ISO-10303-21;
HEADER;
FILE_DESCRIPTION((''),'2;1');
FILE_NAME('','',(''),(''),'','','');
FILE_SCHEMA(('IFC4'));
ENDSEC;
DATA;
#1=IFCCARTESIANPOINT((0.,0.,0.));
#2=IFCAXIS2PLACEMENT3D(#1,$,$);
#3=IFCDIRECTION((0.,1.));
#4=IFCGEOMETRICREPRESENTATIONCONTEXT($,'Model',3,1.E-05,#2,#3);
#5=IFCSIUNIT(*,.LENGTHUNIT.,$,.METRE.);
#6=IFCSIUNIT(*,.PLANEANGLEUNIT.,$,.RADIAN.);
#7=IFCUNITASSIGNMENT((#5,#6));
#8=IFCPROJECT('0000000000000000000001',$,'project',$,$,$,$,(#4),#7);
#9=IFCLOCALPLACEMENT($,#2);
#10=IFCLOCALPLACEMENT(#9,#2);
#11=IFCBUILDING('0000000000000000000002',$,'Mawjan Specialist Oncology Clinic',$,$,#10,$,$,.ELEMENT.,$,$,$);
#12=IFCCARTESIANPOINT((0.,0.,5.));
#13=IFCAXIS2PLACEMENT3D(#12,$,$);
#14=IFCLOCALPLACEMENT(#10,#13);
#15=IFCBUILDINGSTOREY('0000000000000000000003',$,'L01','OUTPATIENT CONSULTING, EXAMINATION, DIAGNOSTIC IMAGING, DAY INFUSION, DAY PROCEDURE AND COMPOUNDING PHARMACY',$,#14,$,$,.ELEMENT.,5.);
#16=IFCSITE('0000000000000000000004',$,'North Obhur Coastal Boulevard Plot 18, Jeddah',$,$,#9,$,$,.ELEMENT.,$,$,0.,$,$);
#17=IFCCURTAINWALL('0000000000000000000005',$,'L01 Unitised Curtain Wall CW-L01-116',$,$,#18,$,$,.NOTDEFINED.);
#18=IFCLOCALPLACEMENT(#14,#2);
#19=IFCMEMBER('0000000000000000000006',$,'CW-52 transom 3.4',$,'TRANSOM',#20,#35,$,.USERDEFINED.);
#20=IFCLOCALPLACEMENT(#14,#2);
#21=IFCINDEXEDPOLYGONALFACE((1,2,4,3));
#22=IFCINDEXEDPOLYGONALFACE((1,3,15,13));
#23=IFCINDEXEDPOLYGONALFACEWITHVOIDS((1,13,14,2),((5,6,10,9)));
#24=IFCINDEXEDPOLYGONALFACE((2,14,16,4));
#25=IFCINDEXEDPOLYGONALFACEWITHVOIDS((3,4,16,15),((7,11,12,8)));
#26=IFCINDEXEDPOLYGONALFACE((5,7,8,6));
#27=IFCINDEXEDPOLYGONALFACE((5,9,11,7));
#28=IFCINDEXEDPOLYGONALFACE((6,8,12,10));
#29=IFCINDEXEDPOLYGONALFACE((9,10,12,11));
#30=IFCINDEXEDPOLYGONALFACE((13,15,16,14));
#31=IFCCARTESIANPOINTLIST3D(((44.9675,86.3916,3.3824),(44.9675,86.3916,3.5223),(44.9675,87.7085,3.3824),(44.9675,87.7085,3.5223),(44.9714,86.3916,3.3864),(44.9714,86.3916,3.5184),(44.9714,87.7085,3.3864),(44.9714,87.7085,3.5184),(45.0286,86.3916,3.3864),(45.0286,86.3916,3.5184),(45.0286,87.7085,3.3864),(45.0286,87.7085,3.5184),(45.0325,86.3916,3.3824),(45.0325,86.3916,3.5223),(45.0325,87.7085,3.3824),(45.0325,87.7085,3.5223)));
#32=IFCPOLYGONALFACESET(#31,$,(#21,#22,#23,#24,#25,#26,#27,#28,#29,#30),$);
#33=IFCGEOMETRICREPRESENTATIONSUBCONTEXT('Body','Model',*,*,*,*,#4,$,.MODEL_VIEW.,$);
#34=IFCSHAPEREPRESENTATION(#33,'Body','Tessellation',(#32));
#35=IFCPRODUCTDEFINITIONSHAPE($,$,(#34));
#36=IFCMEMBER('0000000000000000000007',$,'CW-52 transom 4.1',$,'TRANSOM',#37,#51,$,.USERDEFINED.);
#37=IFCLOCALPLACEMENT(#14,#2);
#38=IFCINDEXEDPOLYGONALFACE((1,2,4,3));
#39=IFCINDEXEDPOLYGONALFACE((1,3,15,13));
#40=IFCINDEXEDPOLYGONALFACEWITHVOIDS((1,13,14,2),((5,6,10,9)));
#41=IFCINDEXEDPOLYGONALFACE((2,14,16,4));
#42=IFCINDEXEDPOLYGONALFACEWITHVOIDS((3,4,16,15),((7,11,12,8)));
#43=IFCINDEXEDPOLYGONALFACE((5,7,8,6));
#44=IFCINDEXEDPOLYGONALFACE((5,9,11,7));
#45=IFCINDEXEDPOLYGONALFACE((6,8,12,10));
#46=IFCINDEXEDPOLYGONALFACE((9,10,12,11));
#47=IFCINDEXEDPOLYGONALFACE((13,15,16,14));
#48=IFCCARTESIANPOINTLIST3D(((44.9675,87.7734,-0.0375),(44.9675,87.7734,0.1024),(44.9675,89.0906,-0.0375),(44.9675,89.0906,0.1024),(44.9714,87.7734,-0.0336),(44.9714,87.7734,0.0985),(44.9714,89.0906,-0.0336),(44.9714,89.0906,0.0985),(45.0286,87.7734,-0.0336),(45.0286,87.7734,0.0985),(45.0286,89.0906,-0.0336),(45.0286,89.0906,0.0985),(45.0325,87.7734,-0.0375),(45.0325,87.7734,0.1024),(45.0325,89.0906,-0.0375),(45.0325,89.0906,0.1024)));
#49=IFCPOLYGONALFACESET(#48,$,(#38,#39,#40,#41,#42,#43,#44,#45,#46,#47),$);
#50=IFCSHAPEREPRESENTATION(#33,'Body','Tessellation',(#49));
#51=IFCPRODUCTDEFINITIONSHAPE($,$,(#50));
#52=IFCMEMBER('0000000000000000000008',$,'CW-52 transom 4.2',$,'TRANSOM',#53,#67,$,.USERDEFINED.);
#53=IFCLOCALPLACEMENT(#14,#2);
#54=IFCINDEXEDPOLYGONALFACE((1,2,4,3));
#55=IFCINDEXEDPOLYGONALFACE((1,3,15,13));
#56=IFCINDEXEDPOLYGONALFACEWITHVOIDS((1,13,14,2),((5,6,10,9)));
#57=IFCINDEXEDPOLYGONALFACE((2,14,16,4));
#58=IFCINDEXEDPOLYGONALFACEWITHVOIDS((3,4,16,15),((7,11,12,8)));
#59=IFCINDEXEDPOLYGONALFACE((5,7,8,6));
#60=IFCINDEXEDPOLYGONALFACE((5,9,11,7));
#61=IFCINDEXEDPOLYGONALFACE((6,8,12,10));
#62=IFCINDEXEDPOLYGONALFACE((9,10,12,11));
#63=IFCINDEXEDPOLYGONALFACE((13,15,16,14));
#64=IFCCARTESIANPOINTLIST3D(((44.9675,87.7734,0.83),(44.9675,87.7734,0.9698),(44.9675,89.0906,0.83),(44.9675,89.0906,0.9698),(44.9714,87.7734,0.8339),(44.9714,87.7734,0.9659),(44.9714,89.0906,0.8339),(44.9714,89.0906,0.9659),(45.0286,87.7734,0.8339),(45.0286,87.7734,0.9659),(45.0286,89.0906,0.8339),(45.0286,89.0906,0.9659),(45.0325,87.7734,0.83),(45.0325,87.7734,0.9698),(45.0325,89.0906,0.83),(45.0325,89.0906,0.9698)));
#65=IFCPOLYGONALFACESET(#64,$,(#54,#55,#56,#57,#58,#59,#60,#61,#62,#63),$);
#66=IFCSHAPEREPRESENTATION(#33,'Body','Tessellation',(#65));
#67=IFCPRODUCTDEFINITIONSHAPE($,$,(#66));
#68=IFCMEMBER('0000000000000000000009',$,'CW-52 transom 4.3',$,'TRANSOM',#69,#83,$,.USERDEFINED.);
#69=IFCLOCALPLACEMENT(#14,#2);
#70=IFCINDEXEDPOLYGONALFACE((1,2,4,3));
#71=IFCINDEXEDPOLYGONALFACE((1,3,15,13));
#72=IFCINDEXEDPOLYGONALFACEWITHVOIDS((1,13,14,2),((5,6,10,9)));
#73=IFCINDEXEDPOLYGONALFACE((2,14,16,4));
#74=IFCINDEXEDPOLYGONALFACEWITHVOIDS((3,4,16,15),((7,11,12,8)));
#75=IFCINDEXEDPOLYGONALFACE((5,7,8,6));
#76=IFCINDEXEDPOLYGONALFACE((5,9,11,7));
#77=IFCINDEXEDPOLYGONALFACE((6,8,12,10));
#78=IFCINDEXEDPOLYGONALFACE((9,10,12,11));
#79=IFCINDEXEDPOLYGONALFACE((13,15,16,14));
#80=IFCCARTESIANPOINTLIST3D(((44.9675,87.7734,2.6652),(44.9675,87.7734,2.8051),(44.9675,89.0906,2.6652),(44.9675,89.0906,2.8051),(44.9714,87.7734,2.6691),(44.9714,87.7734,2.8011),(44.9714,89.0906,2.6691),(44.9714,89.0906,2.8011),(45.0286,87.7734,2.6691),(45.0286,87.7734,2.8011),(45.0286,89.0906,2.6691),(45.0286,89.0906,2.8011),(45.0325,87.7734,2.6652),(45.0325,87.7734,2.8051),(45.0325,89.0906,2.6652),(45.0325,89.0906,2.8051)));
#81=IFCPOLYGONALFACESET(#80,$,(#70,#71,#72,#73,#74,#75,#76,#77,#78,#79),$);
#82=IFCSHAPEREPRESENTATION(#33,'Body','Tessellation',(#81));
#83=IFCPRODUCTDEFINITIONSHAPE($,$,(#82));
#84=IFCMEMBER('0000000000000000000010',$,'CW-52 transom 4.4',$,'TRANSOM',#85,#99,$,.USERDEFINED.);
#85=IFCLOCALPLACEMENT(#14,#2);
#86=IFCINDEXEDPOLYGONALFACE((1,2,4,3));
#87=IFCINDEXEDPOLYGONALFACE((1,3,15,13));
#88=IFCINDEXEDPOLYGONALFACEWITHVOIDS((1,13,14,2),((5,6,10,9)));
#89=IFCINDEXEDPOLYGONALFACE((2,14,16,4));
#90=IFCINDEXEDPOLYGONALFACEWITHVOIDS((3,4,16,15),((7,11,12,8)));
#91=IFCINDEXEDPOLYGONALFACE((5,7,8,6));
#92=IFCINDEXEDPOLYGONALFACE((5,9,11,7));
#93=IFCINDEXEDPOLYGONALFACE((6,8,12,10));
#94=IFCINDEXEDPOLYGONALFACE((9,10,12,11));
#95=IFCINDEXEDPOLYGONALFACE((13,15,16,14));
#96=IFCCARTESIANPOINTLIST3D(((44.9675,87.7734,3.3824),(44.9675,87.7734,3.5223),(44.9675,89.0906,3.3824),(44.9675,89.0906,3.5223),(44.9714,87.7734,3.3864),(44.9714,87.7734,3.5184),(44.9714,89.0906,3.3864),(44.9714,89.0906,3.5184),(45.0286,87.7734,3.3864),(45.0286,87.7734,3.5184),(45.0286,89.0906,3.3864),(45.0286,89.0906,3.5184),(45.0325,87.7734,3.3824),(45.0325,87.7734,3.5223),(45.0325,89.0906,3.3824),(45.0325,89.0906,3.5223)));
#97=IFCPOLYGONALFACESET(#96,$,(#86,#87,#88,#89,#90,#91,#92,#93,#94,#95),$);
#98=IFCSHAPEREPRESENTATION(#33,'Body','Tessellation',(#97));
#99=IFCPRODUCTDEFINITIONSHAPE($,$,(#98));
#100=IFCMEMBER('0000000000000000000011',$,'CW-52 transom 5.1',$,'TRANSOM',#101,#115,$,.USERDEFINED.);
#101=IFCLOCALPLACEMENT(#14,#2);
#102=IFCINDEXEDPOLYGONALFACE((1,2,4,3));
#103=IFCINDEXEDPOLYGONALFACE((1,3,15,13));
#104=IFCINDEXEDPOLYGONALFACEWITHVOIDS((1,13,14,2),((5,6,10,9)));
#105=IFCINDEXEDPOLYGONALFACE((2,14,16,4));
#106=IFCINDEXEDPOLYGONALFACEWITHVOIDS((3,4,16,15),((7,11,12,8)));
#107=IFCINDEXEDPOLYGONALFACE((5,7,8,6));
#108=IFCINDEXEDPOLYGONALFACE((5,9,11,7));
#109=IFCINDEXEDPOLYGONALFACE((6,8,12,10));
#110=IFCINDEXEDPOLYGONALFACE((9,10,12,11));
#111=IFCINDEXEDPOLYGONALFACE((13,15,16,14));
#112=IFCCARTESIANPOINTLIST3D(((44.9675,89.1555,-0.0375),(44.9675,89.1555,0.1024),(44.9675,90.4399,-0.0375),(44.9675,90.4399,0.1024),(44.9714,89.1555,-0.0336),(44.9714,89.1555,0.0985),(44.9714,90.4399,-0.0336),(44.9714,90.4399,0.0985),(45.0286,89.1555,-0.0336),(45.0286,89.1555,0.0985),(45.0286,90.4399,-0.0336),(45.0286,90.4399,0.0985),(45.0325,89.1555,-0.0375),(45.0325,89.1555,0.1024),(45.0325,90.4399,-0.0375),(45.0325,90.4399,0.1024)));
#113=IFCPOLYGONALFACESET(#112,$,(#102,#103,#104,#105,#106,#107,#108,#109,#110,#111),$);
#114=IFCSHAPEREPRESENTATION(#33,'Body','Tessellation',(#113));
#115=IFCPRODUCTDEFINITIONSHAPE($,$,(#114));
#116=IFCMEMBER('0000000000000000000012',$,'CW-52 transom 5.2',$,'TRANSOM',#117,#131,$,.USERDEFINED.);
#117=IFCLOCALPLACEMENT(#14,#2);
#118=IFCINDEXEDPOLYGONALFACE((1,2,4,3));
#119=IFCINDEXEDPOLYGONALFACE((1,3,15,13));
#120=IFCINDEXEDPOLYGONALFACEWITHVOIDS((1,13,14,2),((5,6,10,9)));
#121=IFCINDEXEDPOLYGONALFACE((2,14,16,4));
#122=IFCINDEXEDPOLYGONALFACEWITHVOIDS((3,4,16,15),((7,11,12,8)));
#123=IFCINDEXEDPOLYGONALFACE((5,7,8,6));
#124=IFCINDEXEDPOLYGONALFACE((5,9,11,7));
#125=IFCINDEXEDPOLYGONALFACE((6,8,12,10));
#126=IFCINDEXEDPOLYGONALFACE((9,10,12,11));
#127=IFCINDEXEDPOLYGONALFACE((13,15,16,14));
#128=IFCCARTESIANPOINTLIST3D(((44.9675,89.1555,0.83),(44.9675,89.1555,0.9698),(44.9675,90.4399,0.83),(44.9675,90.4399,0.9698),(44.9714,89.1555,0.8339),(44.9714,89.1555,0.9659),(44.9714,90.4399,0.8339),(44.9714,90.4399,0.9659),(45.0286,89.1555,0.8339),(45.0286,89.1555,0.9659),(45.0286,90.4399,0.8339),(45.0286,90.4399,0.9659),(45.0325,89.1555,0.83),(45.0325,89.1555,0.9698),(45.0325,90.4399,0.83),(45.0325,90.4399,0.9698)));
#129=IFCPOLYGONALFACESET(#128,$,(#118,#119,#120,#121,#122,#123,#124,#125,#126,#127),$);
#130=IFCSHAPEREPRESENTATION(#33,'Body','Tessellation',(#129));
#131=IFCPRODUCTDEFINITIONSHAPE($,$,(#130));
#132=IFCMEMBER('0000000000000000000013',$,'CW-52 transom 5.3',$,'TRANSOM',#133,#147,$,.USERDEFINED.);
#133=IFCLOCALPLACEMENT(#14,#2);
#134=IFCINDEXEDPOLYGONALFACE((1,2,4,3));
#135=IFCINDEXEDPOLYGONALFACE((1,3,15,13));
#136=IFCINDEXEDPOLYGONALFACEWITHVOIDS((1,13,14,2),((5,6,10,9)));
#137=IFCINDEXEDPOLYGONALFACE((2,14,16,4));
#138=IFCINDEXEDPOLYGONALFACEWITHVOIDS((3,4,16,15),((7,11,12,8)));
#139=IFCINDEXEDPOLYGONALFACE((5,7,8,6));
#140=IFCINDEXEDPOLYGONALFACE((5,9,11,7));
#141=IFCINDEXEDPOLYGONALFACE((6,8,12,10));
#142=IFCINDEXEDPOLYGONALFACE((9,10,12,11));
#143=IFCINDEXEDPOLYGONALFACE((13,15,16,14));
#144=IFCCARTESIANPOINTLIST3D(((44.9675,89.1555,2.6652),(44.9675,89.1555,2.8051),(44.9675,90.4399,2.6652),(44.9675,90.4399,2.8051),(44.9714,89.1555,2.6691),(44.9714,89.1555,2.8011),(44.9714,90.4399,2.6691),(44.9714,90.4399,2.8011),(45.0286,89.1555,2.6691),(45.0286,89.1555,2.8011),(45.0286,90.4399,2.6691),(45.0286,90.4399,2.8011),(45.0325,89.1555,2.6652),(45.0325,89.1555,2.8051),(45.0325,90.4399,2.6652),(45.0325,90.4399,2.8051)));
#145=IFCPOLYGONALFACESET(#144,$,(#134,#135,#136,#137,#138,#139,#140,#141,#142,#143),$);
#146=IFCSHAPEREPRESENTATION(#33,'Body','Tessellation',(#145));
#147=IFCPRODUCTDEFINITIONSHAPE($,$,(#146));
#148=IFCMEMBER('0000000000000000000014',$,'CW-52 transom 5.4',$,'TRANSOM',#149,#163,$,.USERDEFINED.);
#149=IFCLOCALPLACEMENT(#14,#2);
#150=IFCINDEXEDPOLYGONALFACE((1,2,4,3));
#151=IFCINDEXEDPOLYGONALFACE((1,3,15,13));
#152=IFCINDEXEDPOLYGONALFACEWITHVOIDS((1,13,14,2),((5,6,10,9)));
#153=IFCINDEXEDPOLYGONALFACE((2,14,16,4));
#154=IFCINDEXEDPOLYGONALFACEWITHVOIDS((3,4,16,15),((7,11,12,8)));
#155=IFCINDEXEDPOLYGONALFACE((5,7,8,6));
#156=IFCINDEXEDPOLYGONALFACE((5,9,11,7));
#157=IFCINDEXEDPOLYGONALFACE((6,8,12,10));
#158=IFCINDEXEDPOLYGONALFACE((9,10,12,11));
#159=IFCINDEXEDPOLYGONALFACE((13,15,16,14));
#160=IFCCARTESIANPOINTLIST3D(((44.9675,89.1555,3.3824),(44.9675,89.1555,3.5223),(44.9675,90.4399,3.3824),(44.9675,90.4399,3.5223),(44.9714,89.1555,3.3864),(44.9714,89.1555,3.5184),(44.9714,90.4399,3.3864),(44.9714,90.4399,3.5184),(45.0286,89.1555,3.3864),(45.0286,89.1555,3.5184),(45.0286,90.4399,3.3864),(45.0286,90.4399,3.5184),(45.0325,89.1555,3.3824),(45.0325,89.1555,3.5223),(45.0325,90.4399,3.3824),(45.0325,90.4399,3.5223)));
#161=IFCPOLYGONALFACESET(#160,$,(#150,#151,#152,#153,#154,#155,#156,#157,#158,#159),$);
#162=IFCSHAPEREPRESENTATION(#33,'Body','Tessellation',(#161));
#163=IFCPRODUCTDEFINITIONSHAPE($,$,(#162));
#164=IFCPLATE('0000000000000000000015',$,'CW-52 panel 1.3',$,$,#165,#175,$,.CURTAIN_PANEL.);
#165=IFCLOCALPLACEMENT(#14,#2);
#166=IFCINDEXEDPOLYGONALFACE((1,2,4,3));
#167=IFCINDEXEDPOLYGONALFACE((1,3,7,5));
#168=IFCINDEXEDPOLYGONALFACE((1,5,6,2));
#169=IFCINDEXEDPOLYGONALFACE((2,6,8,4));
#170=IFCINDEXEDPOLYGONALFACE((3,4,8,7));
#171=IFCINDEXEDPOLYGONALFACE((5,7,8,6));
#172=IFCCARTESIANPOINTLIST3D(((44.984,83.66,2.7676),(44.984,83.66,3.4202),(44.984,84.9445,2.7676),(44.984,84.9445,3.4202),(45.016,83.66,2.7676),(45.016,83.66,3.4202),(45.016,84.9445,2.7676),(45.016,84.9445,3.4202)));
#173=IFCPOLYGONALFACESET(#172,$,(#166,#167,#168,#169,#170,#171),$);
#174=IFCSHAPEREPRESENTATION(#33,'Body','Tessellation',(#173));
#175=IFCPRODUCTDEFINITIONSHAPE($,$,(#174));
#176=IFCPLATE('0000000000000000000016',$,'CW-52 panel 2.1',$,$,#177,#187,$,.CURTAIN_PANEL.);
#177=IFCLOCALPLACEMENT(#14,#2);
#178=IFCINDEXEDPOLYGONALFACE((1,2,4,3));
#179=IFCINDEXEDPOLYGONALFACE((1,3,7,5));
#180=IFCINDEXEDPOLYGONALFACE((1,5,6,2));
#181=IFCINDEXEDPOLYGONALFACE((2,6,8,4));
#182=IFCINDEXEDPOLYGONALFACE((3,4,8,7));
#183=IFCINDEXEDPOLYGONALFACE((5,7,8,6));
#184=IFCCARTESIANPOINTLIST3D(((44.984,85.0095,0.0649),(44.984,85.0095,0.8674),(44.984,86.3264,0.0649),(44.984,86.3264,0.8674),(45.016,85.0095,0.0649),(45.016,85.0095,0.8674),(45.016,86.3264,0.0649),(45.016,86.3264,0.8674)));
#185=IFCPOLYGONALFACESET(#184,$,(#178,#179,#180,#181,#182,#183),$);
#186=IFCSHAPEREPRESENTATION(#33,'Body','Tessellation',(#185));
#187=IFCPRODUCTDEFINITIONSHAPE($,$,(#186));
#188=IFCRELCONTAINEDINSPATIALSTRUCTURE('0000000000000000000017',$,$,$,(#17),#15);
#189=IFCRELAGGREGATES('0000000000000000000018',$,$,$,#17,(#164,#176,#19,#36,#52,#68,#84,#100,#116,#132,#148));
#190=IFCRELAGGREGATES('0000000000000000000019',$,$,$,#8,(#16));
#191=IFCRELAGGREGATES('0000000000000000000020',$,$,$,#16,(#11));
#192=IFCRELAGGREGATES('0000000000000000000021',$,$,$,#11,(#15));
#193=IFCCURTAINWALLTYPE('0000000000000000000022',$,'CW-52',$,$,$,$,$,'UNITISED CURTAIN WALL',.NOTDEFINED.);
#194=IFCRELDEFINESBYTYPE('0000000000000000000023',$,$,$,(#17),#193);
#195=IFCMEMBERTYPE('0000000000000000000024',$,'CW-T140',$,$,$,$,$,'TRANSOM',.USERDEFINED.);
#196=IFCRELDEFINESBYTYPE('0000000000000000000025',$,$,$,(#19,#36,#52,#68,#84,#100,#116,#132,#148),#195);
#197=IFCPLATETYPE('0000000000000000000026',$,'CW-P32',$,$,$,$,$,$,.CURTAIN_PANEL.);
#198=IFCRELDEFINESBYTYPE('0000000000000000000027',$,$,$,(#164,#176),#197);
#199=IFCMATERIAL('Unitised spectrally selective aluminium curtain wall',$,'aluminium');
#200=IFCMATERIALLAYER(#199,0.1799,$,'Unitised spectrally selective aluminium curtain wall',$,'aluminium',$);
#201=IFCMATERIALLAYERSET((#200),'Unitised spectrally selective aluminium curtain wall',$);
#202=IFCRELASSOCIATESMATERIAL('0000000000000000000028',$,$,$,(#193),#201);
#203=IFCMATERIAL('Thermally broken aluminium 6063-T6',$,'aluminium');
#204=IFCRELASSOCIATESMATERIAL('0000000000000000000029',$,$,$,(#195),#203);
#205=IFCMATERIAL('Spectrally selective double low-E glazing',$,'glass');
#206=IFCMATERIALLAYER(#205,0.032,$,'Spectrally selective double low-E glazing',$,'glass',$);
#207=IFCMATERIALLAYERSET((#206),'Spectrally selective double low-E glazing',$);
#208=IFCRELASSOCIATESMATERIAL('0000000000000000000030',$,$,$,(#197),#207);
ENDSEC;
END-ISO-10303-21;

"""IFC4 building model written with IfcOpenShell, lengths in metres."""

from ifc_helpers import new_model, si_unit, direction, frame, origin, origin_2d, place, context, subcontext, project, spatial, rectangle, hollow_rectangle, extrude, material, layer, layer_set, material_profile, profile_set, type_object, element, aggregate, save


model = new_model("IFC4")

# Units and contexts
model_context = context("Model", 3, precision=1e-05, world=origin(), true_north=direction((0.0, 1.0)))
body_context = subcontext(model_context, "Body", "Model", "MODEL_VIEW")
ifc_project = project(units=[si_unit("LENGTHUNIT", "METRE"), si_unit("PLANEANGLEUNIT", "RADIAN")], contexts=[model_context])

# Site, building, storey
site_placement = place(None, origin())
site = spatial("IfcSite", under=ifc_project, at=site_placement, Name="North Obhur Coastal Boulevard Plot 18, Jeddah", CompositionType="ELEMENT", RefElevation=0.0)
building_placement = place(site_placement, origin())
building = spatial("IfcBuilding", under=site, at=building_placement, Name="Mawjan Specialist Oncology Clinic", CompositionType="ELEMENT")
storey_placement = place(building_placement, frame((0.0, 0.0, 5.0)))
storey = spatial("IfcBuildingStorey", under=building, at=storey_placement, Name="L01", Description="OUTPATIENT CONSULTING, EXAMINATION, DIAGNOSTIC IMAGING, DAY INFUSION, DAY PROCEDURE AND COMPOUNDING PHARMACY", CompositionType="ELEMENT", Elevation=5.0)

# Curtain wall, members, plates
ifc_material_1 = material(Name="Unitised spectrally selective aluminium curtain wall", Category="aluminium")
ifc_layer_1 = layer(ifc_material_1, 0.1799, Name="Unitised spectrally selective aluminium curtain wall", Category="aluminium")
ifc_layer_set_1 = layer_set([ifc_layer_1], Name="Unitised spectrally selective aluminium curtain wall")
curtain_wall_type = type_object("IfcCurtainWallType", Name="CW-52", ElementType="UNITISED CURTAIN WALL", PredefinedType="NOTDEFINED", material=ifc_layer_set_1)
curtain_wall_placement = place(storey_placement, origin())
curtain_wall = element("IfcCurtainWall", 1, at=curtain_wall_placement, inside=storey, type_object=curtain_wall_type, Name="L01 Unitised Curtain Wall CW-L01-116", PredefinedType="NOTDEFINED")
ifc_material_2 = material(Name="Thermally broken aluminium 6063-T6", Category="aluminium")
ifc_material_profile_1 = material_profile(ifc_material_2, hollow_rectangle(XDim=0.0649, YDim=0.1399, WallThickness=0.0039, at=origin_2d()), Name="ALU TRANSOM 140x65x4", Category="aluminium")
ifc_profile_set_1 = profile_set([ifc_material_profile_1], Name="Thermally broken aluminium 6063-T6")
member_type_1 = type_object("IfcMemberType", Name="CW-T140", ElementType="TRANSOM", PredefinedType="USERDEFINED", material=ifc_profile_set_1)
member_1_placement = place(storey_placement, frame((45.0, 86.3916, 3.4524), z_axis=(0.0, 1.0, 0.0), x_axis=(-1.0, 0.0, 0.0)))
member_1 = element("IfcMember", 2, at=member_1_placement, type_object=member_type_1, Name="CW-52 transom 3.4", ObjectType="TRANSOM", PredefinedType="USERDEFINED", context=body_context, shape_type="SweptSolid", body=[
    extrude(hollow_rectangle(XDim=0.0649, YDim=0.1399, WallThickness=0.0039, at=origin_2d()), origin(), (0.0, 0.0, 1.0), 1.3169),
])
member_2_placement = place(storey_placement, frame((45.0, 87.7734, 0.0325), z_axis=(0.0, 1.0, 0.0), x_axis=(-1.0, 0.0, 0.0)))
member_2 = element("IfcMember", 3, at=member_2_placement, type_object=member_type_1, Name="CW-52 transom 4.1", ObjectType="TRANSOM", PredefinedType="USERDEFINED", context=body_context, shape_type="SweptSolid", body=[
    extrude(hollow_rectangle(XDim=0.0649, YDim=0.1399, WallThickness=0.0039, at=origin_2d()), origin(), (0.0, 0.0, 1.0), 1.3171),
])
member_3_placement = place(storey_placement, frame((45.0, 87.7734, 0.8999), z_axis=(0.0, 1.0, 0.0), x_axis=(-1.0, 0.0, 0.0)))
member_3 = element("IfcMember", 4, at=member_3_placement, type_object=member_type_1, Name="CW-52 transom 4.2", ObjectType="TRANSOM", PredefinedType="USERDEFINED", context=body_context, shape_type="SweptSolid", body=[
    extrude(hollow_rectangle(XDim=0.0649, YDim=0.1399, WallThickness=0.0039, at=origin_2d()), origin(), (0.0, 0.0, 1.0), 1.3171),
])
member_4_placement = place(storey_placement, frame((45.0, 87.7734, 2.7351), z_axis=(0.0, 1.0, 0.0), x_axis=(-1.0, 0.0, 0.0)))
member_4 = element("IfcMember", 5, at=member_4_placement, type_object=member_type_1, Name="CW-52 transom 4.3", ObjectType="TRANSOM", PredefinedType="USERDEFINED", context=body_context, shape_type="SweptSolid", body=[
    extrude(hollow_rectangle(XDim=0.0649, YDim=0.1399, WallThickness=0.0039, at=origin_2d()), origin(), (0.0, 0.0, 1.0), 1.3171),
])
member_5_placement = place(storey_placement, frame((45.0, 87.7734, 3.4524), z_axis=(0.0, 1.0, 0.0), x_axis=(-1.0, 0.0, 0.0)))
member_5 = element("IfcMember", 6, at=member_5_placement, type_object=member_type_1, Name="CW-52 transom 4.4", ObjectType="TRANSOM", PredefinedType="USERDEFINED", context=body_context, shape_type="SweptSolid", body=[
    extrude(hollow_rectangle(XDim=0.0649, YDim=0.1399, WallThickness=0.0039, at=origin_2d()), origin(), (0.0, 0.0, 1.0), 1.3171),
])
member_6_placement = place(storey_placement, frame((45.0, 89.1555, 0.0325), z_axis=(0.0, 1.0, 0.0), x_axis=(-1.0, 0.0, 0.0)))
member_6 = element("IfcMember", 7, at=member_6_placement, type_object=member_type_1, Name="CW-52 transom 5.1", ObjectType="TRANSOM", PredefinedType="USERDEFINED", context=body_context, shape_type="SweptSolid", body=[
    extrude(hollow_rectangle(XDim=0.0649, YDim=0.1399, WallThickness=0.0039, at=origin_2d()), origin(), (0.0, 0.0, 1.0), 1.2844),
])
member_7_placement = place(storey_placement, frame((45.0, 89.1555, 0.8999), z_axis=(0.0, 1.0, 0.0), x_axis=(-1.0, 0.0, 0.0)))
member_7 = element("IfcMember", 8, at=member_7_placement, type_object=member_type_1, Name="CW-52 transom 5.2", ObjectType="TRANSOM", PredefinedType="USERDEFINED", context=body_context, shape_type="SweptSolid", body=[
    extrude(hollow_rectangle(XDim=0.0649, YDim=0.1399, WallThickness=0.0039, at=origin_2d()), origin(), (0.0, 0.0, 1.0), 1.2844),
])
member_8_placement = place(storey_placement, frame((45.0, 89.1555, 2.7351), z_axis=(0.0, 1.0, 0.0), x_axis=(-1.0, 0.0, 0.0)))
member_8 = element("IfcMember", 9, at=member_8_placement, type_object=member_type_1, Name="CW-52 transom 5.3", ObjectType="TRANSOM", PredefinedType="USERDEFINED", context=body_context, shape_type="SweptSolid", body=[
    extrude(hollow_rectangle(XDim=0.0649, YDim=0.1399, WallThickness=0.0039, at=origin_2d()), origin(), (0.0, 0.0, 1.0), 1.2844),
])
member_9_placement = place(storey_placement, frame((45.0, 89.1555, 3.4524), z_axis=(0.0, 1.0, 0.0), x_axis=(-1.0, 0.0, 0.0)))
member_9 = element("IfcMember", 10, at=member_9_placement, type_object=member_type_1, Name="CW-52 transom 5.4", ObjectType="TRANSOM", PredefinedType="USERDEFINED", context=body_context, shape_type="SweptSolid", body=[
    extrude(hollow_rectangle(XDim=0.0649, YDim=0.1399, WallThickness=0.0039, at=origin_2d()), origin(), (0.0, 0.0, 1.0), 1.2844),
])
ifc_material_3 = material(Name="Spectrally selective double low-E glazing", Category="glass")
ifc_layer_2 = layer(ifc_material_3, 0.032, Name="Spectrally selective double low-E glazing", Category="glass")
ifc_layer_set_2 = layer_set([ifc_layer_2], Name="Spectrally selective double low-E glazing")
plate_type = type_object("IfcPlateType", Name="CW-P32", PredefinedType="CURTAIN_PANEL", material=ifc_layer_set_2)
plate_1_placement = place(storey_placement, frame((45.0, 84.3022, 2.7676), z_axis=(0.0, 0.0, 1.0), x_axis=(0.0, 1.0, 0.0)))
plate_1 = element("IfcPlate", 11, at=plate_1_placement, type_object=plate_type, Name="CW-52 panel 1.3", PredefinedType="CURTAIN_PANEL", context=body_context, shape_type="SweptSolid", body=[
    extrude(rectangle(XDim=1.2844, YDim=0.032, at=origin_2d()), origin(), (0.0, 0.0, 1.0), 0.6526),
])
plate_2_placement = place(storey_placement, frame((45.0, 85.668, 0.0649), z_axis=(0.0, 0.0, 1.0), x_axis=(0.0, 1.0, 0.0)))
plate_2 = element("IfcPlate", 12, at=plate_2_placement, type_object=plate_type, Name="CW-52 panel 2.1", PredefinedType="CURTAIN_PANEL", context=body_context, shape_type="SweptSolid", body=[
    extrude(rectangle(XDim=1.3169, YDim=0.032, at=origin_2d()), origin(), (0.0, 0.0, 1.0), 0.8025),
])
aggregate(curtain_wall, [plate_1, plate_2, member_1, member_2, member_3, member_4, member_5, member_6, member_7, member_8, member_9])

save(model, "model.ifc")
